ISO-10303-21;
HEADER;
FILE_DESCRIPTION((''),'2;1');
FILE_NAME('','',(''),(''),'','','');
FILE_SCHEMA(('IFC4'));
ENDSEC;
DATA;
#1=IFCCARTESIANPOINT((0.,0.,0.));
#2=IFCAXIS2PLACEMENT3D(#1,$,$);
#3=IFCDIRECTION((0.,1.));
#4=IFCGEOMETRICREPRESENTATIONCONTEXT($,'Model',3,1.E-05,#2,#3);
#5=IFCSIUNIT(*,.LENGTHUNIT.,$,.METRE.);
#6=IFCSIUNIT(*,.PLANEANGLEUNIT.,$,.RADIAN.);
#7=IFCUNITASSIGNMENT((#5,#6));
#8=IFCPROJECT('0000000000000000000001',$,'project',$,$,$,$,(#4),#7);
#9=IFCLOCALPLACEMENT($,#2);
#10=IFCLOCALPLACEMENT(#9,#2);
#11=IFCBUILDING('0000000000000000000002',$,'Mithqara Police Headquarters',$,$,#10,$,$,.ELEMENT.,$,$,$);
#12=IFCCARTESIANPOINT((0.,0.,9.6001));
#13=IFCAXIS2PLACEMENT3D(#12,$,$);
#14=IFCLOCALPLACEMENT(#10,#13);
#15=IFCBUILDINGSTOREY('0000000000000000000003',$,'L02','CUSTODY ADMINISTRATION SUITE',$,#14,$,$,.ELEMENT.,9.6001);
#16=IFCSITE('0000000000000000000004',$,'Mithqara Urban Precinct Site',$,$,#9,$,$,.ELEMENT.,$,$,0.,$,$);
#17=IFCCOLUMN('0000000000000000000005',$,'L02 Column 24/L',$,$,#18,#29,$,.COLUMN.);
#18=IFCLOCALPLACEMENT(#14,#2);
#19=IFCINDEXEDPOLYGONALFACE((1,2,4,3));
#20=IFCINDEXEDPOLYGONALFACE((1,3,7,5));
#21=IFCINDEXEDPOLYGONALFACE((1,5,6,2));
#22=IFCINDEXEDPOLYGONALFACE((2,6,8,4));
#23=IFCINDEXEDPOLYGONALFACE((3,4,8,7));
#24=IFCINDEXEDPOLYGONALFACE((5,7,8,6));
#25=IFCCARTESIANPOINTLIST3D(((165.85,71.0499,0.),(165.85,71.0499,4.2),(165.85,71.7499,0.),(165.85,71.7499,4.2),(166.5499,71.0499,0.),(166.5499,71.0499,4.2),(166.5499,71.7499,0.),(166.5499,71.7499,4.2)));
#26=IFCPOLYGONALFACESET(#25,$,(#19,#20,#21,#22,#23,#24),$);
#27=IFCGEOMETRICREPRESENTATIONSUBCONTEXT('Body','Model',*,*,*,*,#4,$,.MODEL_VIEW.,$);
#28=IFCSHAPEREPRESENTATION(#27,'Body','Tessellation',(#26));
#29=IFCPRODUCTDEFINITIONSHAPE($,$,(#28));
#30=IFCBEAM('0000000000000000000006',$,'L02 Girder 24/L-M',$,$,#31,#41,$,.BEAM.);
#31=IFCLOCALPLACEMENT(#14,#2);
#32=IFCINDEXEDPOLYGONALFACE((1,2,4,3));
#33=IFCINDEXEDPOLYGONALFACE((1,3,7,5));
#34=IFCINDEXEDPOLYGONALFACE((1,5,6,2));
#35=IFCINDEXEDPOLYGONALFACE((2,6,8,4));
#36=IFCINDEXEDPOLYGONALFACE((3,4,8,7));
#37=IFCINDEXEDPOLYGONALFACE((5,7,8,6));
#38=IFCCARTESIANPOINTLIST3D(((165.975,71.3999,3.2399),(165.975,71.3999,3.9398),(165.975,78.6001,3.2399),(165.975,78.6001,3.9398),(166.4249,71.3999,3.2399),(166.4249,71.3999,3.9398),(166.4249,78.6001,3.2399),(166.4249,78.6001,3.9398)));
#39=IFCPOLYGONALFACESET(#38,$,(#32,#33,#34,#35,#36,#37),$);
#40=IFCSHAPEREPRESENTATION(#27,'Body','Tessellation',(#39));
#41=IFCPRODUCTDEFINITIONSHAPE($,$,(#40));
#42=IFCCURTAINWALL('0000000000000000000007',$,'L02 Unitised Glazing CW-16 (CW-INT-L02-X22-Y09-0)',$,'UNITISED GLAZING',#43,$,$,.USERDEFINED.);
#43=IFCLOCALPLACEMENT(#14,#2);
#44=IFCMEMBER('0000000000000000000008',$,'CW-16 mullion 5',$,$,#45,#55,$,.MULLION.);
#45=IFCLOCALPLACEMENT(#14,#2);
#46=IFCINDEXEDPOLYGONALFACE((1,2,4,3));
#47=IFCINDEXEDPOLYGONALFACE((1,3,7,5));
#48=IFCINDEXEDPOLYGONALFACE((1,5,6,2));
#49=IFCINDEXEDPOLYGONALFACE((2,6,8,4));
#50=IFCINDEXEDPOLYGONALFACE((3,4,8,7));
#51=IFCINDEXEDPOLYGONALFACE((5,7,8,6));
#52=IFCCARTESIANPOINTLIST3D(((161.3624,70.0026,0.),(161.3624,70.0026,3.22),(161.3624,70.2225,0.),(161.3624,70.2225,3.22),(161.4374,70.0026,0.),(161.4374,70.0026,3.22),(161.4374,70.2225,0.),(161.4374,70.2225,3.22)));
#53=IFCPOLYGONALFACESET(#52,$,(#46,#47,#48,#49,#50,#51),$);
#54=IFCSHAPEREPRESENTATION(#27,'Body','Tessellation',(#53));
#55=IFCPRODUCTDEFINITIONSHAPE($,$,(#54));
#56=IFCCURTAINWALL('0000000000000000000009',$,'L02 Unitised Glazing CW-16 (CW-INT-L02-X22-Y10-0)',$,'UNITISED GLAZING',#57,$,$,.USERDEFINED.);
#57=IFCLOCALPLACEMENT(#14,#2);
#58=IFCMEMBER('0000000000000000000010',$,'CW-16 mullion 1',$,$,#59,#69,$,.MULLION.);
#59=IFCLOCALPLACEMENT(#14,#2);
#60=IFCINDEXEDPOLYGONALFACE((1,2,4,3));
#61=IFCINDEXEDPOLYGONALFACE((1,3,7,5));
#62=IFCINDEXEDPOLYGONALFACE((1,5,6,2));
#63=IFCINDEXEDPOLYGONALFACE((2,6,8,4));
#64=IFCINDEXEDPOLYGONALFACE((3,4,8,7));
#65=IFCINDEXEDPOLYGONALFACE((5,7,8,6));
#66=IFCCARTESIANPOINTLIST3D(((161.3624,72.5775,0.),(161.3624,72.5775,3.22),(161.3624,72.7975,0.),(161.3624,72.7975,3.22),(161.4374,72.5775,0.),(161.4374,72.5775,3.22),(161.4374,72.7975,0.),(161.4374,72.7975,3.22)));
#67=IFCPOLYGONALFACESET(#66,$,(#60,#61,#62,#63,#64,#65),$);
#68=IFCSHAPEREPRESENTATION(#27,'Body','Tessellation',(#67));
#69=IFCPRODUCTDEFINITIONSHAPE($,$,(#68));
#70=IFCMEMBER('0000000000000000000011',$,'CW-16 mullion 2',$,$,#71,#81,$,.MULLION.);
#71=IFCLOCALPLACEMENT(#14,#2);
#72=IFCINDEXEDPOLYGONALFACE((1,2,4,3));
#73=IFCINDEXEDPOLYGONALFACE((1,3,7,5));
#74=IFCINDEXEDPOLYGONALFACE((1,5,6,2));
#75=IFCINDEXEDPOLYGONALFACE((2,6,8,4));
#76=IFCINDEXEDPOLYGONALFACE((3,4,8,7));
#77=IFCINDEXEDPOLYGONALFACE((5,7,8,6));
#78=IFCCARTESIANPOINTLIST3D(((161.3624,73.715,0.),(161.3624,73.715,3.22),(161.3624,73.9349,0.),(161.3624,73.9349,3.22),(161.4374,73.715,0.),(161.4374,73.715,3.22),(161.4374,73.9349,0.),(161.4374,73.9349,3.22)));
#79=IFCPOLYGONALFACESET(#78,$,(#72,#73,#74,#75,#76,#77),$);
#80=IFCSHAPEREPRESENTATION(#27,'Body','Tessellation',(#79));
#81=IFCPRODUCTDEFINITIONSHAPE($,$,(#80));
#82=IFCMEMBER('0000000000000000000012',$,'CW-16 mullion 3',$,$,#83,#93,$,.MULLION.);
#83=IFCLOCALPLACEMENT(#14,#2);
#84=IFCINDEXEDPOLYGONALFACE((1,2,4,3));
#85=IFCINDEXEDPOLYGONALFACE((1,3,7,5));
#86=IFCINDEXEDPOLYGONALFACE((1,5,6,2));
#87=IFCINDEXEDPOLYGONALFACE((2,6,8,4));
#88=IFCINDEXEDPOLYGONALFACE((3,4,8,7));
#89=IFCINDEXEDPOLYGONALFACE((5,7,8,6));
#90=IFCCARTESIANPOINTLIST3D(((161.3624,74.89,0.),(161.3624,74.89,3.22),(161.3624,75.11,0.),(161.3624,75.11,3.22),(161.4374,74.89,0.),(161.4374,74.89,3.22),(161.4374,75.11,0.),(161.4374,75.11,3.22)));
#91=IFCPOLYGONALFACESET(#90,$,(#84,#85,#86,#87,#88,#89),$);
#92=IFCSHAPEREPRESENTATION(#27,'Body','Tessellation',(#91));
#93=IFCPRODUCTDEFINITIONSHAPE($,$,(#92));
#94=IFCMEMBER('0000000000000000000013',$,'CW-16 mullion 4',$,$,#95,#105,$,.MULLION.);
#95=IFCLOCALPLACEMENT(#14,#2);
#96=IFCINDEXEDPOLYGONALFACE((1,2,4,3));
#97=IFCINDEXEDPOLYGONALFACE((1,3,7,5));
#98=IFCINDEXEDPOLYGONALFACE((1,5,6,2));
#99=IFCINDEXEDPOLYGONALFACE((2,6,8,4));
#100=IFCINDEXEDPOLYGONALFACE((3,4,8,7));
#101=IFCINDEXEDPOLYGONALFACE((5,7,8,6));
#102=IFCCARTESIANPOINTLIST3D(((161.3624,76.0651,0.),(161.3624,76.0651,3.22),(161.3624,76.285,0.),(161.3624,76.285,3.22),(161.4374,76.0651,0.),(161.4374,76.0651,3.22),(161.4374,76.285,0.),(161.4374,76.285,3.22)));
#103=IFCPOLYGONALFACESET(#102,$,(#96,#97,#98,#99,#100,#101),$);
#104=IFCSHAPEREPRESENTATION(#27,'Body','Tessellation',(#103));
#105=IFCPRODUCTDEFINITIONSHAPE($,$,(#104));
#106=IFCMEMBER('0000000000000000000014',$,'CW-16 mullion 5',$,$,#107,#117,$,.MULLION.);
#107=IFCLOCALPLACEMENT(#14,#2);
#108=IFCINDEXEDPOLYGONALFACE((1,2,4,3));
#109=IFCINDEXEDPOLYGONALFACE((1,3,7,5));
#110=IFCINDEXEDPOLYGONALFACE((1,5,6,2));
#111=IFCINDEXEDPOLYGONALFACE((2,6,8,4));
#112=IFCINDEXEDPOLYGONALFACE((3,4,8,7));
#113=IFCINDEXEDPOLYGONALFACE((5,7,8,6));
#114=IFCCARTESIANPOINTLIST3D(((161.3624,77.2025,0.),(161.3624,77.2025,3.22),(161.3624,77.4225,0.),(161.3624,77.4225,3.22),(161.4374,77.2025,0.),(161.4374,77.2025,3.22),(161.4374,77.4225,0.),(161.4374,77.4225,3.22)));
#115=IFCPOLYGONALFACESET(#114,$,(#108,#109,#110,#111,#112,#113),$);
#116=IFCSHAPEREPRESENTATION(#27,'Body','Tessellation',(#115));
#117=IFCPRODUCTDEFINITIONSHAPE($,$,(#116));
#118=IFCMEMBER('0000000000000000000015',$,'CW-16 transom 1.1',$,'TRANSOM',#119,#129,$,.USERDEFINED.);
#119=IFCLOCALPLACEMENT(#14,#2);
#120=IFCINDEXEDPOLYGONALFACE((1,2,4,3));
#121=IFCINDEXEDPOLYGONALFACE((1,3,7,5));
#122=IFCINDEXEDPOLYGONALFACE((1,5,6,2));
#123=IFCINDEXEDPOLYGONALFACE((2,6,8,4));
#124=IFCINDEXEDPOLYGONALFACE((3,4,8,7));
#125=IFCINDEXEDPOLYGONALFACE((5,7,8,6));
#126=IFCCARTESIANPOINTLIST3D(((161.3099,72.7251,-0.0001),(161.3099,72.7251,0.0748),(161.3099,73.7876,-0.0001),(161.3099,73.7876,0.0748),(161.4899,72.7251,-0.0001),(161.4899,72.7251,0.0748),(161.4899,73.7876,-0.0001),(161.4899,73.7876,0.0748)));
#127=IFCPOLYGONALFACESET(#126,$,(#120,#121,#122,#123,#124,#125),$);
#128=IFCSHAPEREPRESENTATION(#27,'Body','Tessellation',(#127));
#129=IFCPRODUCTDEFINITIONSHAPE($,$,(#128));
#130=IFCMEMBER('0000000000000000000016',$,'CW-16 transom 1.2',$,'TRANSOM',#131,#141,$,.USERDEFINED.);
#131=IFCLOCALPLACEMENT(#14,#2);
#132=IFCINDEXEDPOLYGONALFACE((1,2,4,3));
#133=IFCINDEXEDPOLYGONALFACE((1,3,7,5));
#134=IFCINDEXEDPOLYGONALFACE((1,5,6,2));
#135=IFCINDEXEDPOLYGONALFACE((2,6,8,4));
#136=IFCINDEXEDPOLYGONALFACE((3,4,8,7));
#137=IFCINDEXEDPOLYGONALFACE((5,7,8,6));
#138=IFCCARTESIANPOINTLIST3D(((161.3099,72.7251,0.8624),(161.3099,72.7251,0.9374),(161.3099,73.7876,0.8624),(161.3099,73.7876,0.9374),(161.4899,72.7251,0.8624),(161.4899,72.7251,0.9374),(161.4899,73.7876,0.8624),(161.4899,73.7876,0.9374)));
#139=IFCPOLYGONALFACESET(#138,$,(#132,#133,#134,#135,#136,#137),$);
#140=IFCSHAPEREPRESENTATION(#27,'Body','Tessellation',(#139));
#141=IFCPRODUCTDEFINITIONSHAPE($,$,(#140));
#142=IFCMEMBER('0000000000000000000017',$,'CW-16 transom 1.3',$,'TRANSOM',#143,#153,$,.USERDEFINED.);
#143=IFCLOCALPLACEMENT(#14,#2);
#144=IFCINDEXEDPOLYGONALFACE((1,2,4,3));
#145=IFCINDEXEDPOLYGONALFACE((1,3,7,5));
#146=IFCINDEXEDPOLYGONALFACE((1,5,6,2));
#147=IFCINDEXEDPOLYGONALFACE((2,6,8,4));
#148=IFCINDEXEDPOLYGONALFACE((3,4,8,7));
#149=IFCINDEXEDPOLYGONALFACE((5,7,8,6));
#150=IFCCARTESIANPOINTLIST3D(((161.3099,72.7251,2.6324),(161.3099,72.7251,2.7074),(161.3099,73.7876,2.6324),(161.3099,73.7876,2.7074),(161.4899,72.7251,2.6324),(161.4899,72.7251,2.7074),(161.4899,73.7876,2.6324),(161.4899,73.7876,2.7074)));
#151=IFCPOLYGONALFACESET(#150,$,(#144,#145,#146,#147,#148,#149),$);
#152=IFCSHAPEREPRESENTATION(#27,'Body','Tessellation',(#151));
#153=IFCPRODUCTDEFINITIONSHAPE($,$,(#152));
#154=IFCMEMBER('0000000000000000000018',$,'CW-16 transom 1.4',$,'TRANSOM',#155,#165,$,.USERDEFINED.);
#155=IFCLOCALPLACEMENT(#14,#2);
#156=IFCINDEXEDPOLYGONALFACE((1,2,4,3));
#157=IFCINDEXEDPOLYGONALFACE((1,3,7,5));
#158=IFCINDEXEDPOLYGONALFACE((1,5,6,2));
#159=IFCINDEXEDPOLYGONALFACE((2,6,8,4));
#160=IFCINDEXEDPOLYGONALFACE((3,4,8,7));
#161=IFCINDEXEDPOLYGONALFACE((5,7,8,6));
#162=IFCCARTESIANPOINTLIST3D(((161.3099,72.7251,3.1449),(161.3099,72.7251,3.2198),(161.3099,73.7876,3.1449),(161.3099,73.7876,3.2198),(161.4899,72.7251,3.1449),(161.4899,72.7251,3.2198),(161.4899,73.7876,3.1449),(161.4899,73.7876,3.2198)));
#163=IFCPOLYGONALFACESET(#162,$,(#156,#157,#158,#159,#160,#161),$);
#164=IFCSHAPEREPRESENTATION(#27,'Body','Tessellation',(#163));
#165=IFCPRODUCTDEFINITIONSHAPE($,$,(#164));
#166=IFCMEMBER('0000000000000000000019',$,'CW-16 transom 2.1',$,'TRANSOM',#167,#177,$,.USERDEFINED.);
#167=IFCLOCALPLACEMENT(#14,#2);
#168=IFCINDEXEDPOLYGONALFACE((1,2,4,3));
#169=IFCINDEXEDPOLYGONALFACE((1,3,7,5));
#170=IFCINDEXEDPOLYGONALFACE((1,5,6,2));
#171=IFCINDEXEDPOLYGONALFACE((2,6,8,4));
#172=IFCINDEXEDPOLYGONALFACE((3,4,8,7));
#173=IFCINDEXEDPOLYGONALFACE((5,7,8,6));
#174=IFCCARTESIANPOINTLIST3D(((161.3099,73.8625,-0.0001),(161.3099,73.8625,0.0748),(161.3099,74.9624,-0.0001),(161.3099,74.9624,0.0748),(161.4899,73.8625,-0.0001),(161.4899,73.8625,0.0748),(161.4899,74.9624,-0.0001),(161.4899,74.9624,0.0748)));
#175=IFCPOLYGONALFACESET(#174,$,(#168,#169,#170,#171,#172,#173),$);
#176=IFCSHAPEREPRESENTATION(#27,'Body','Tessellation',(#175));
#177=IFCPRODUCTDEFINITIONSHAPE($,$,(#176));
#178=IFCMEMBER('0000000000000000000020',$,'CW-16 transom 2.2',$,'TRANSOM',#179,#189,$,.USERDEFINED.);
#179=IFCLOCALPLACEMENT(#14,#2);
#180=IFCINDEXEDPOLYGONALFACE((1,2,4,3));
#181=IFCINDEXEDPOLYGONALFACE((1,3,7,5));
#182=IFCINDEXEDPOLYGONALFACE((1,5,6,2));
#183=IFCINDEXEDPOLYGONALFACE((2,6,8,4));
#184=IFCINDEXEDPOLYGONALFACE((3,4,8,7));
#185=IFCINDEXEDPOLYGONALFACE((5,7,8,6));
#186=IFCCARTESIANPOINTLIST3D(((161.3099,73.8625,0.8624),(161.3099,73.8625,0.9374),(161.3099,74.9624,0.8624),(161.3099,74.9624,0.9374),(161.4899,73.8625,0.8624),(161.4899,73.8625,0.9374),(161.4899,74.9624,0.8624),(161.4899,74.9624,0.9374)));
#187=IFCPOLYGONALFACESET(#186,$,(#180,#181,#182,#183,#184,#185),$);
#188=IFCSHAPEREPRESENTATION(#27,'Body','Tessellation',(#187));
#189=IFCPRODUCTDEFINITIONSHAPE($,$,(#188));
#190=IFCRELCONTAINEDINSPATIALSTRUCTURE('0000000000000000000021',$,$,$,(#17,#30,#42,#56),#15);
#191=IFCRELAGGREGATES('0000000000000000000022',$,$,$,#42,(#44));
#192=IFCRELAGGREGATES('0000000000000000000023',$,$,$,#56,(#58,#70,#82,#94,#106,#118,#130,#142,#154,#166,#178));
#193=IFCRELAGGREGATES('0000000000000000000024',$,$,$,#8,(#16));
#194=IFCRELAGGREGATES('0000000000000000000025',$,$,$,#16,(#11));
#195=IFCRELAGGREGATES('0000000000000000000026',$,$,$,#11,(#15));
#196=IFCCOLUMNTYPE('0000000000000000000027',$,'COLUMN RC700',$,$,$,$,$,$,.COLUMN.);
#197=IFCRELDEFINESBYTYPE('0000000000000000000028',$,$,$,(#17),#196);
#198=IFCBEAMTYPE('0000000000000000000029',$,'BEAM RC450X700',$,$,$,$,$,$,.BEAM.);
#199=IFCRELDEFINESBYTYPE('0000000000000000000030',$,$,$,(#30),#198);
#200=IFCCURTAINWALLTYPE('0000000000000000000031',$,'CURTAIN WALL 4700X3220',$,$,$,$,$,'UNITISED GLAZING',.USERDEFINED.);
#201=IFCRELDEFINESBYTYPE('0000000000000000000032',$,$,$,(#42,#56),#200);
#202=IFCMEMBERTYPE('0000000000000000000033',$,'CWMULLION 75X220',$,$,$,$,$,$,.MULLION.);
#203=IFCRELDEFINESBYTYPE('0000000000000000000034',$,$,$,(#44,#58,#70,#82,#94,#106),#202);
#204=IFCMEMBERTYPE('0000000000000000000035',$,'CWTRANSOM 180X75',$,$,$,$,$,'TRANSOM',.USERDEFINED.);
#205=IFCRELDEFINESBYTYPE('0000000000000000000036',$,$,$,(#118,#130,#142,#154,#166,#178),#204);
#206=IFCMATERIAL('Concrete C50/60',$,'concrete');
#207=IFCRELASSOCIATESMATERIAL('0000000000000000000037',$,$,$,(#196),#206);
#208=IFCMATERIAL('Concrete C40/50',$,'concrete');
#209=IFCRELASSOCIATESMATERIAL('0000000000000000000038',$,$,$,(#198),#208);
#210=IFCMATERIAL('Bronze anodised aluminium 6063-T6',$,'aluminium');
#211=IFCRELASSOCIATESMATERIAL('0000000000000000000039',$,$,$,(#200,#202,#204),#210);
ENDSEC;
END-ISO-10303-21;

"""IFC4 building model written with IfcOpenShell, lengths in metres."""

from ifc_helpers import new_model, si_unit, direction, frame, origin, origin_2d, place, context, subcontext, project, spatial, rectangle, extrude, material, material_profile, profile_set, type_object, element, aggregate, save


model = new_model("IFC4")

# Units and contexts
model_context = context("Model", 3, precision=1e-05, world=origin(), true_north=direction((0.0, 1.0)))
body_context = subcontext(model_context, "Body", "Model", "MODEL_VIEW")
ifc_project = project(units=[si_unit("LENGTHUNIT", "METRE"), si_unit("PLANEANGLEUNIT", "RADIAN")], contexts=[model_context])

# Site, building, storey
site_placement = place(None, origin())
site = spatial("IfcSite", under=ifc_project, at=site_placement, Name="Mithqara Urban Precinct Site", CompositionType="ELEMENT", RefElevation=0.0)
building_placement = place(site_placement, origin())
building = spatial("IfcBuilding", under=site, at=building_placement, Name="Mithqara Police Headquarters", CompositionType="ELEMENT")
storey_placement = place(building_placement, frame((0.0, 0.0, 9.6001)))
storey = spatial("IfcBuildingStorey", under=building, at=storey_placement, Name="L02", Description="CUSTODY ADMINISTRATION SUITE", CompositionType="ELEMENT", Elevation=9.6001)

# Column
ifc_material_1 = material(Name="Concrete C50/60", Category="concrete")
ifc_material_profile_1 = material_profile(ifc_material_1, rectangle(XDim=0.7, YDim=0.7, at=origin_2d()), Name="RC 700x700")
ifc_profile_set_1 = profile_set([ifc_material_profile_1], Name="Concrete C50/60")
column_type = type_object("IfcColumnType", Name="COLUMN RC700", PredefinedType="COLUMN", material=ifc_profile_set_1)
column_placement = place(storey_placement, frame((166.2, 71.3999, 0.0), z_axis=(0.0, 0.0, 1.0), x_axis=(1.0, 0.0, 0.0)))
element("IfcColumn", 1, at=column_placement, inside=storey, type_object=column_type, Name="L02 Column 24/L", PredefinedType="COLUMN", context=body_context, shape_type="SweptSolid", body=[
    extrude(rectangle(XDim=0.7, YDim=0.7, at=origin_2d()), origin(), (0.0, 0.0, 1.0), 4.2),
])

# Beam
ifc_material_2 = material(Name="Concrete C40/50", Category="concrete")
ifc_material_profile_2 = material_profile(ifc_material_2, rectangle(XDim=0.45, YDim=0.7, at=origin_2d()), Name="RC 450x700")
ifc_profile_set_2 = profile_set([ifc_material_profile_2], Name="Concrete C40/50")
beam_type = type_object("IfcBeamType", Name="BEAM RC450X700", PredefinedType="BEAM", material=ifc_profile_set_2)
beam_placement = place(storey_placement, frame((166.2, 71.3999, 3.5898), z_axis=(0.0, 1.0, 0.0), x_axis=(-1.0, 0.0, 0.0)))
element("IfcBeam", 2, at=beam_placement, inside=storey, type_object=beam_type, Name="L02 Girder 24/L-M", PredefinedType="BEAM", context=body_context, shape_type="SweptSolid", body=[
    extrude(rectangle(XDim=0.45, YDim=0.7, at=origin_2d()), origin(), (0.0, 0.0, 1.0), 7.2002),
])

# Curtain wall, member
ifc_material_3 = material(Name="Bronze anodised aluminium 6063-T6", Category="aluminium")
curtain_wall_type = type_object("IfcCurtainWallType", Name="CURTAIN WALL 4700X3220", ElementType="UNITISED GLAZING", PredefinedType="USERDEFINED", material=ifc_material_3)
curtain_wall_1_placement = place(storey_placement, origin())
curtain_wall_1 = element("IfcCurtainWall", 3, at=curtain_wall_1_placement, inside=storey, type_object=curtain_wall_type, Name="L02 Unitised Glazing CW-16 (CW-INT-L02-X22-Y09-0)", ObjectType="UNITISED GLAZING", PredefinedType="USERDEFINED")
ifc_material_profile_3 = material_profile(ifc_material_3, rectangle(XDim=0.075, YDim=0.22, at=origin_2d()), Name="CWM 75x220")
ifc_profile_set_3 = profile_set([ifc_material_profile_3], Name="Bronze anodised aluminium 6063-T6")
member_type_1 = type_object("IfcMemberType", Name="CWMULLION 75X220", PredefinedType="MULLION", material=ifc_profile_set_3)
member_1_placement = place(storey_placement, frame((161.3999, 70.1125, 0.0), z_axis=(0.0, 0.0, 1.0), x_axis=(-1.0, 0.0, 0.0)))
member_1 = element("IfcMember", 4, at=member_1_placement, type_object=member_type_1, Name="CW-16 mullion 5", PredefinedType="MULLION", context=body_context, shape_type="SweptSolid", body=[
    extrude(rectangle(XDim=0.075, YDim=0.22, at=origin_2d()), origin(), (0.0, 0.0, 1.0), 3.22),
])

# Curtain wall, members
curtain_wall_2_placement = place(storey_placement, origin())
curtain_wall_2 = element("IfcCurtainWall", 5, at=curtain_wall_2_placement, inside=storey, type_object=curtain_wall_type, Name="L02 Unitised Glazing CW-16 (CW-INT-L02-X22-Y10-0)", ObjectType="UNITISED GLAZING", PredefinedType="USERDEFINED")
member_2_placement = place(storey_placement, frame((161.3999, 72.6875, 0.0), z_axis=(0.0, 0.0, 1.0), x_axis=(-1.0, 0.0, 0.0)))
member_2 = element("IfcMember", 6, at=member_2_placement, type_object=member_type_1, Name="CW-16 mullion 1", PredefinedType="MULLION", context=body_context, shape_type="SweptSolid", body=[
    extrude(rectangle(XDim=0.075, YDim=0.22, at=origin_2d()), origin(), (0.0, 0.0, 1.0), 3.22),
])
member_3_placement = place(storey_placement, frame((161.3999, 73.825, 0.0), z_axis=(0.0, 0.0, 1.0), x_axis=(-1.0, 0.0, 0.0)))
member_3 = element("IfcMember", 7, at=member_3_placement, type_object=member_type_1, Name="CW-16 mullion 2", PredefinedType="MULLION", context=body_context, shape_type="SweptSolid", body=[
    extrude(rectangle(XDim=0.075, YDim=0.22, at=origin_2d()), origin(), (0.0, 0.0, 1.0), 3.22),
])
member_4_placement = place(storey_placement, frame((161.3999, 75.0, 0.0), z_axis=(0.0, 0.0, 1.0), x_axis=(-1.0, 0.0, 0.0)))
member_4 = element("IfcMember", 8, at=member_4_placement, type_object=member_type_1, Name="CW-16 mullion 3", PredefinedType="MULLION", context=body_context, shape_type="SweptSolid", body=[
    extrude(rectangle(XDim=0.075, YDim=0.22, at=origin_2d()), origin(), (0.0, 0.0, 1.0), 3.22),
])
member_5_placement = place(storey_placement, frame((161.3999, 76.175, 0.0), z_axis=(0.0, 0.0, 1.0), x_axis=(-1.0, 0.0, 0.0)))
member_5 = element("IfcMember", 9, at=member_5_placement, type_object=member_type_1, Name="CW-16 mullion 4", PredefinedType="MULLION", context=body_context, shape_type="SweptSolid", body=[
    extrude(rectangle(XDim=0.075, YDim=0.22, at=origin_2d()), origin(), (0.0, 0.0, 1.0), 3.22),
])
member_6_placement = place(storey_placement, frame((161.3999, 77.3125, 0.0), z_axis=(0.0, 0.0, 1.0), x_axis=(-1.0, 0.0, 0.0)))
member_6 = element("IfcMember", 10, at=member_6_placement, type_object=member_type_1, Name="CW-16 mullion 5", PredefinedType="MULLION", context=body_context, shape_type="SweptSolid", body=[
    extrude(rectangle(XDim=0.075, YDim=0.22, at=origin_2d()), origin(), (0.0, 0.0, 1.0), 3.22),
])
ifc_material_profile_4 = material_profile(ifc_material_3, rectangle(XDim=0.1799, YDim=0.075, at=origin_2d()), Name="CWT 180x75")
ifc_profile_set_4 = profile_set([ifc_material_profile_4], Name="Bronze anodised aluminium 6063-T6")
member_type_2 = type_object("IfcMemberType", Name="CWTRANSOM 180X75", ElementType="TRANSOM", PredefinedType="USERDEFINED", material=ifc_profile_set_4)
member_7_placement = place(storey_placement, frame((161.3999, 72.7251, 0.0374), z_axis=(0.0, 1.0, 0.0), x_axis=(-1.0, 0.0, 0.0)))
member_7 = element("IfcMember", 11, at=member_7_placement, type_object=member_type_2, Name="CW-16 transom 1.1", ObjectType="TRANSOM", PredefinedType="USERDEFINED", context=body_context, shape_type="SweptSolid", body=[
    extrude(rectangle(XDim=0.1799, YDim=0.075, at=origin_2d()), origin(), (0.0, 0.0, 1.0), 1.0625),
])
member_8_placement = place(storey_placement, frame((161.3999, 72.7251, 0.8999), z_axis=(0.0, 1.0, 0.0), x_axis=(-1.0, 0.0, 0.0)))
member_8 = element("IfcMember", 12, at=member_8_placement, type_object=member_type_2, Name="CW-16 transom 1.2", ObjectType="TRANSOM", PredefinedType="USERDEFINED", context=body_context, shape_type="SweptSolid", body=[
    extrude(rectangle(XDim=0.1799, YDim=0.075, at=origin_2d()), origin(), (0.0, 0.0, 1.0), 1.0625),
])
member_9_placement = place(storey_placement, frame((161.3999, 72.7251, 2.6699), z_axis=(0.0, 1.0, 0.0), x_axis=(-1.0, 0.0, 0.0)))
member_9 = element("IfcMember", 13, at=member_9_placement, type_object=member_type_2, Name="CW-16 transom 1.3", ObjectType="TRANSOM", PredefinedType="USERDEFINED", context=body_context, shape_type="SweptSolid", body=[
    extrude(rectangle(XDim=0.1799, YDim=0.075, at=origin_2d()), origin(), (0.0, 0.0, 1.0), 1.0625),
])
member_10_placement = place(storey_placement, frame((161.3999, 72.7251, 3.1824), z_axis=(0.0, 1.0, 0.0), x_axis=(-1.0, 0.0, 0.0)))
member_10 = element("IfcMember", 14, at=member_10_placement, type_object=member_type_2, Name="CW-16 transom 1.4", ObjectType="TRANSOM", PredefinedType="USERDEFINED", context=body_context, shape_type="SweptSolid", body=[
    extrude(rectangle(XDim=0.1799, YDim=0.075, at=origin_2d()), origin(), (0.0, 0.0, 1.0), 1.0625),
])
member_11_placement = place(storey_placement, frame((161.3999, 73.8625, 0.0374), z_axis=(0.0, 1.0, 0.0), x_axis=(-1.0, 0.0, 0.0)))
member_11 = element("IfcMember", 15, at=member_11_placement, type_object=member_type_2, Name="CW-16 transom 2.1", ObjectType="TRANSOM", PredefinedType="USERDEFINED", context=body_context, shape_type="SweptSolid", body=[
    extrude(rectangle(XDim=0.1799, YDim=0.075, at=origin_2d()), origin(), (0.0, 0.0, 1.0), 1.0999),
])
member_12_placement = place(storey_placement, frame((161.3999, 73.8625, 0.8999), z_axis=(0.0, 1.0, 0.0), x_axis=(-1.0, 0.0, 0.0)))
member_12 = element("IfcMember", 16, at=member_12_placement, type_object=member_type_2, Name="CW-16 transom 2.2", ObjectType="TRANSOM", PredefinedType="USERDEFINED", context=body_context, shape_type="SweptSolid", body=[
    extrude(rectangle(XDim=0.1799, YDim=0.075, at=origin_2d()), origin(), (0.0, 0.0, 1.0), 1.0999),
])

aggregate(curtain_wall_1, [member_1])
aggregate(curtain_wall_2, [member_2, member_3, member_4, member_5, member_6, member_7, member_8, member_9, member_10, member_11, member_12])

save(model, "model.ifc")
